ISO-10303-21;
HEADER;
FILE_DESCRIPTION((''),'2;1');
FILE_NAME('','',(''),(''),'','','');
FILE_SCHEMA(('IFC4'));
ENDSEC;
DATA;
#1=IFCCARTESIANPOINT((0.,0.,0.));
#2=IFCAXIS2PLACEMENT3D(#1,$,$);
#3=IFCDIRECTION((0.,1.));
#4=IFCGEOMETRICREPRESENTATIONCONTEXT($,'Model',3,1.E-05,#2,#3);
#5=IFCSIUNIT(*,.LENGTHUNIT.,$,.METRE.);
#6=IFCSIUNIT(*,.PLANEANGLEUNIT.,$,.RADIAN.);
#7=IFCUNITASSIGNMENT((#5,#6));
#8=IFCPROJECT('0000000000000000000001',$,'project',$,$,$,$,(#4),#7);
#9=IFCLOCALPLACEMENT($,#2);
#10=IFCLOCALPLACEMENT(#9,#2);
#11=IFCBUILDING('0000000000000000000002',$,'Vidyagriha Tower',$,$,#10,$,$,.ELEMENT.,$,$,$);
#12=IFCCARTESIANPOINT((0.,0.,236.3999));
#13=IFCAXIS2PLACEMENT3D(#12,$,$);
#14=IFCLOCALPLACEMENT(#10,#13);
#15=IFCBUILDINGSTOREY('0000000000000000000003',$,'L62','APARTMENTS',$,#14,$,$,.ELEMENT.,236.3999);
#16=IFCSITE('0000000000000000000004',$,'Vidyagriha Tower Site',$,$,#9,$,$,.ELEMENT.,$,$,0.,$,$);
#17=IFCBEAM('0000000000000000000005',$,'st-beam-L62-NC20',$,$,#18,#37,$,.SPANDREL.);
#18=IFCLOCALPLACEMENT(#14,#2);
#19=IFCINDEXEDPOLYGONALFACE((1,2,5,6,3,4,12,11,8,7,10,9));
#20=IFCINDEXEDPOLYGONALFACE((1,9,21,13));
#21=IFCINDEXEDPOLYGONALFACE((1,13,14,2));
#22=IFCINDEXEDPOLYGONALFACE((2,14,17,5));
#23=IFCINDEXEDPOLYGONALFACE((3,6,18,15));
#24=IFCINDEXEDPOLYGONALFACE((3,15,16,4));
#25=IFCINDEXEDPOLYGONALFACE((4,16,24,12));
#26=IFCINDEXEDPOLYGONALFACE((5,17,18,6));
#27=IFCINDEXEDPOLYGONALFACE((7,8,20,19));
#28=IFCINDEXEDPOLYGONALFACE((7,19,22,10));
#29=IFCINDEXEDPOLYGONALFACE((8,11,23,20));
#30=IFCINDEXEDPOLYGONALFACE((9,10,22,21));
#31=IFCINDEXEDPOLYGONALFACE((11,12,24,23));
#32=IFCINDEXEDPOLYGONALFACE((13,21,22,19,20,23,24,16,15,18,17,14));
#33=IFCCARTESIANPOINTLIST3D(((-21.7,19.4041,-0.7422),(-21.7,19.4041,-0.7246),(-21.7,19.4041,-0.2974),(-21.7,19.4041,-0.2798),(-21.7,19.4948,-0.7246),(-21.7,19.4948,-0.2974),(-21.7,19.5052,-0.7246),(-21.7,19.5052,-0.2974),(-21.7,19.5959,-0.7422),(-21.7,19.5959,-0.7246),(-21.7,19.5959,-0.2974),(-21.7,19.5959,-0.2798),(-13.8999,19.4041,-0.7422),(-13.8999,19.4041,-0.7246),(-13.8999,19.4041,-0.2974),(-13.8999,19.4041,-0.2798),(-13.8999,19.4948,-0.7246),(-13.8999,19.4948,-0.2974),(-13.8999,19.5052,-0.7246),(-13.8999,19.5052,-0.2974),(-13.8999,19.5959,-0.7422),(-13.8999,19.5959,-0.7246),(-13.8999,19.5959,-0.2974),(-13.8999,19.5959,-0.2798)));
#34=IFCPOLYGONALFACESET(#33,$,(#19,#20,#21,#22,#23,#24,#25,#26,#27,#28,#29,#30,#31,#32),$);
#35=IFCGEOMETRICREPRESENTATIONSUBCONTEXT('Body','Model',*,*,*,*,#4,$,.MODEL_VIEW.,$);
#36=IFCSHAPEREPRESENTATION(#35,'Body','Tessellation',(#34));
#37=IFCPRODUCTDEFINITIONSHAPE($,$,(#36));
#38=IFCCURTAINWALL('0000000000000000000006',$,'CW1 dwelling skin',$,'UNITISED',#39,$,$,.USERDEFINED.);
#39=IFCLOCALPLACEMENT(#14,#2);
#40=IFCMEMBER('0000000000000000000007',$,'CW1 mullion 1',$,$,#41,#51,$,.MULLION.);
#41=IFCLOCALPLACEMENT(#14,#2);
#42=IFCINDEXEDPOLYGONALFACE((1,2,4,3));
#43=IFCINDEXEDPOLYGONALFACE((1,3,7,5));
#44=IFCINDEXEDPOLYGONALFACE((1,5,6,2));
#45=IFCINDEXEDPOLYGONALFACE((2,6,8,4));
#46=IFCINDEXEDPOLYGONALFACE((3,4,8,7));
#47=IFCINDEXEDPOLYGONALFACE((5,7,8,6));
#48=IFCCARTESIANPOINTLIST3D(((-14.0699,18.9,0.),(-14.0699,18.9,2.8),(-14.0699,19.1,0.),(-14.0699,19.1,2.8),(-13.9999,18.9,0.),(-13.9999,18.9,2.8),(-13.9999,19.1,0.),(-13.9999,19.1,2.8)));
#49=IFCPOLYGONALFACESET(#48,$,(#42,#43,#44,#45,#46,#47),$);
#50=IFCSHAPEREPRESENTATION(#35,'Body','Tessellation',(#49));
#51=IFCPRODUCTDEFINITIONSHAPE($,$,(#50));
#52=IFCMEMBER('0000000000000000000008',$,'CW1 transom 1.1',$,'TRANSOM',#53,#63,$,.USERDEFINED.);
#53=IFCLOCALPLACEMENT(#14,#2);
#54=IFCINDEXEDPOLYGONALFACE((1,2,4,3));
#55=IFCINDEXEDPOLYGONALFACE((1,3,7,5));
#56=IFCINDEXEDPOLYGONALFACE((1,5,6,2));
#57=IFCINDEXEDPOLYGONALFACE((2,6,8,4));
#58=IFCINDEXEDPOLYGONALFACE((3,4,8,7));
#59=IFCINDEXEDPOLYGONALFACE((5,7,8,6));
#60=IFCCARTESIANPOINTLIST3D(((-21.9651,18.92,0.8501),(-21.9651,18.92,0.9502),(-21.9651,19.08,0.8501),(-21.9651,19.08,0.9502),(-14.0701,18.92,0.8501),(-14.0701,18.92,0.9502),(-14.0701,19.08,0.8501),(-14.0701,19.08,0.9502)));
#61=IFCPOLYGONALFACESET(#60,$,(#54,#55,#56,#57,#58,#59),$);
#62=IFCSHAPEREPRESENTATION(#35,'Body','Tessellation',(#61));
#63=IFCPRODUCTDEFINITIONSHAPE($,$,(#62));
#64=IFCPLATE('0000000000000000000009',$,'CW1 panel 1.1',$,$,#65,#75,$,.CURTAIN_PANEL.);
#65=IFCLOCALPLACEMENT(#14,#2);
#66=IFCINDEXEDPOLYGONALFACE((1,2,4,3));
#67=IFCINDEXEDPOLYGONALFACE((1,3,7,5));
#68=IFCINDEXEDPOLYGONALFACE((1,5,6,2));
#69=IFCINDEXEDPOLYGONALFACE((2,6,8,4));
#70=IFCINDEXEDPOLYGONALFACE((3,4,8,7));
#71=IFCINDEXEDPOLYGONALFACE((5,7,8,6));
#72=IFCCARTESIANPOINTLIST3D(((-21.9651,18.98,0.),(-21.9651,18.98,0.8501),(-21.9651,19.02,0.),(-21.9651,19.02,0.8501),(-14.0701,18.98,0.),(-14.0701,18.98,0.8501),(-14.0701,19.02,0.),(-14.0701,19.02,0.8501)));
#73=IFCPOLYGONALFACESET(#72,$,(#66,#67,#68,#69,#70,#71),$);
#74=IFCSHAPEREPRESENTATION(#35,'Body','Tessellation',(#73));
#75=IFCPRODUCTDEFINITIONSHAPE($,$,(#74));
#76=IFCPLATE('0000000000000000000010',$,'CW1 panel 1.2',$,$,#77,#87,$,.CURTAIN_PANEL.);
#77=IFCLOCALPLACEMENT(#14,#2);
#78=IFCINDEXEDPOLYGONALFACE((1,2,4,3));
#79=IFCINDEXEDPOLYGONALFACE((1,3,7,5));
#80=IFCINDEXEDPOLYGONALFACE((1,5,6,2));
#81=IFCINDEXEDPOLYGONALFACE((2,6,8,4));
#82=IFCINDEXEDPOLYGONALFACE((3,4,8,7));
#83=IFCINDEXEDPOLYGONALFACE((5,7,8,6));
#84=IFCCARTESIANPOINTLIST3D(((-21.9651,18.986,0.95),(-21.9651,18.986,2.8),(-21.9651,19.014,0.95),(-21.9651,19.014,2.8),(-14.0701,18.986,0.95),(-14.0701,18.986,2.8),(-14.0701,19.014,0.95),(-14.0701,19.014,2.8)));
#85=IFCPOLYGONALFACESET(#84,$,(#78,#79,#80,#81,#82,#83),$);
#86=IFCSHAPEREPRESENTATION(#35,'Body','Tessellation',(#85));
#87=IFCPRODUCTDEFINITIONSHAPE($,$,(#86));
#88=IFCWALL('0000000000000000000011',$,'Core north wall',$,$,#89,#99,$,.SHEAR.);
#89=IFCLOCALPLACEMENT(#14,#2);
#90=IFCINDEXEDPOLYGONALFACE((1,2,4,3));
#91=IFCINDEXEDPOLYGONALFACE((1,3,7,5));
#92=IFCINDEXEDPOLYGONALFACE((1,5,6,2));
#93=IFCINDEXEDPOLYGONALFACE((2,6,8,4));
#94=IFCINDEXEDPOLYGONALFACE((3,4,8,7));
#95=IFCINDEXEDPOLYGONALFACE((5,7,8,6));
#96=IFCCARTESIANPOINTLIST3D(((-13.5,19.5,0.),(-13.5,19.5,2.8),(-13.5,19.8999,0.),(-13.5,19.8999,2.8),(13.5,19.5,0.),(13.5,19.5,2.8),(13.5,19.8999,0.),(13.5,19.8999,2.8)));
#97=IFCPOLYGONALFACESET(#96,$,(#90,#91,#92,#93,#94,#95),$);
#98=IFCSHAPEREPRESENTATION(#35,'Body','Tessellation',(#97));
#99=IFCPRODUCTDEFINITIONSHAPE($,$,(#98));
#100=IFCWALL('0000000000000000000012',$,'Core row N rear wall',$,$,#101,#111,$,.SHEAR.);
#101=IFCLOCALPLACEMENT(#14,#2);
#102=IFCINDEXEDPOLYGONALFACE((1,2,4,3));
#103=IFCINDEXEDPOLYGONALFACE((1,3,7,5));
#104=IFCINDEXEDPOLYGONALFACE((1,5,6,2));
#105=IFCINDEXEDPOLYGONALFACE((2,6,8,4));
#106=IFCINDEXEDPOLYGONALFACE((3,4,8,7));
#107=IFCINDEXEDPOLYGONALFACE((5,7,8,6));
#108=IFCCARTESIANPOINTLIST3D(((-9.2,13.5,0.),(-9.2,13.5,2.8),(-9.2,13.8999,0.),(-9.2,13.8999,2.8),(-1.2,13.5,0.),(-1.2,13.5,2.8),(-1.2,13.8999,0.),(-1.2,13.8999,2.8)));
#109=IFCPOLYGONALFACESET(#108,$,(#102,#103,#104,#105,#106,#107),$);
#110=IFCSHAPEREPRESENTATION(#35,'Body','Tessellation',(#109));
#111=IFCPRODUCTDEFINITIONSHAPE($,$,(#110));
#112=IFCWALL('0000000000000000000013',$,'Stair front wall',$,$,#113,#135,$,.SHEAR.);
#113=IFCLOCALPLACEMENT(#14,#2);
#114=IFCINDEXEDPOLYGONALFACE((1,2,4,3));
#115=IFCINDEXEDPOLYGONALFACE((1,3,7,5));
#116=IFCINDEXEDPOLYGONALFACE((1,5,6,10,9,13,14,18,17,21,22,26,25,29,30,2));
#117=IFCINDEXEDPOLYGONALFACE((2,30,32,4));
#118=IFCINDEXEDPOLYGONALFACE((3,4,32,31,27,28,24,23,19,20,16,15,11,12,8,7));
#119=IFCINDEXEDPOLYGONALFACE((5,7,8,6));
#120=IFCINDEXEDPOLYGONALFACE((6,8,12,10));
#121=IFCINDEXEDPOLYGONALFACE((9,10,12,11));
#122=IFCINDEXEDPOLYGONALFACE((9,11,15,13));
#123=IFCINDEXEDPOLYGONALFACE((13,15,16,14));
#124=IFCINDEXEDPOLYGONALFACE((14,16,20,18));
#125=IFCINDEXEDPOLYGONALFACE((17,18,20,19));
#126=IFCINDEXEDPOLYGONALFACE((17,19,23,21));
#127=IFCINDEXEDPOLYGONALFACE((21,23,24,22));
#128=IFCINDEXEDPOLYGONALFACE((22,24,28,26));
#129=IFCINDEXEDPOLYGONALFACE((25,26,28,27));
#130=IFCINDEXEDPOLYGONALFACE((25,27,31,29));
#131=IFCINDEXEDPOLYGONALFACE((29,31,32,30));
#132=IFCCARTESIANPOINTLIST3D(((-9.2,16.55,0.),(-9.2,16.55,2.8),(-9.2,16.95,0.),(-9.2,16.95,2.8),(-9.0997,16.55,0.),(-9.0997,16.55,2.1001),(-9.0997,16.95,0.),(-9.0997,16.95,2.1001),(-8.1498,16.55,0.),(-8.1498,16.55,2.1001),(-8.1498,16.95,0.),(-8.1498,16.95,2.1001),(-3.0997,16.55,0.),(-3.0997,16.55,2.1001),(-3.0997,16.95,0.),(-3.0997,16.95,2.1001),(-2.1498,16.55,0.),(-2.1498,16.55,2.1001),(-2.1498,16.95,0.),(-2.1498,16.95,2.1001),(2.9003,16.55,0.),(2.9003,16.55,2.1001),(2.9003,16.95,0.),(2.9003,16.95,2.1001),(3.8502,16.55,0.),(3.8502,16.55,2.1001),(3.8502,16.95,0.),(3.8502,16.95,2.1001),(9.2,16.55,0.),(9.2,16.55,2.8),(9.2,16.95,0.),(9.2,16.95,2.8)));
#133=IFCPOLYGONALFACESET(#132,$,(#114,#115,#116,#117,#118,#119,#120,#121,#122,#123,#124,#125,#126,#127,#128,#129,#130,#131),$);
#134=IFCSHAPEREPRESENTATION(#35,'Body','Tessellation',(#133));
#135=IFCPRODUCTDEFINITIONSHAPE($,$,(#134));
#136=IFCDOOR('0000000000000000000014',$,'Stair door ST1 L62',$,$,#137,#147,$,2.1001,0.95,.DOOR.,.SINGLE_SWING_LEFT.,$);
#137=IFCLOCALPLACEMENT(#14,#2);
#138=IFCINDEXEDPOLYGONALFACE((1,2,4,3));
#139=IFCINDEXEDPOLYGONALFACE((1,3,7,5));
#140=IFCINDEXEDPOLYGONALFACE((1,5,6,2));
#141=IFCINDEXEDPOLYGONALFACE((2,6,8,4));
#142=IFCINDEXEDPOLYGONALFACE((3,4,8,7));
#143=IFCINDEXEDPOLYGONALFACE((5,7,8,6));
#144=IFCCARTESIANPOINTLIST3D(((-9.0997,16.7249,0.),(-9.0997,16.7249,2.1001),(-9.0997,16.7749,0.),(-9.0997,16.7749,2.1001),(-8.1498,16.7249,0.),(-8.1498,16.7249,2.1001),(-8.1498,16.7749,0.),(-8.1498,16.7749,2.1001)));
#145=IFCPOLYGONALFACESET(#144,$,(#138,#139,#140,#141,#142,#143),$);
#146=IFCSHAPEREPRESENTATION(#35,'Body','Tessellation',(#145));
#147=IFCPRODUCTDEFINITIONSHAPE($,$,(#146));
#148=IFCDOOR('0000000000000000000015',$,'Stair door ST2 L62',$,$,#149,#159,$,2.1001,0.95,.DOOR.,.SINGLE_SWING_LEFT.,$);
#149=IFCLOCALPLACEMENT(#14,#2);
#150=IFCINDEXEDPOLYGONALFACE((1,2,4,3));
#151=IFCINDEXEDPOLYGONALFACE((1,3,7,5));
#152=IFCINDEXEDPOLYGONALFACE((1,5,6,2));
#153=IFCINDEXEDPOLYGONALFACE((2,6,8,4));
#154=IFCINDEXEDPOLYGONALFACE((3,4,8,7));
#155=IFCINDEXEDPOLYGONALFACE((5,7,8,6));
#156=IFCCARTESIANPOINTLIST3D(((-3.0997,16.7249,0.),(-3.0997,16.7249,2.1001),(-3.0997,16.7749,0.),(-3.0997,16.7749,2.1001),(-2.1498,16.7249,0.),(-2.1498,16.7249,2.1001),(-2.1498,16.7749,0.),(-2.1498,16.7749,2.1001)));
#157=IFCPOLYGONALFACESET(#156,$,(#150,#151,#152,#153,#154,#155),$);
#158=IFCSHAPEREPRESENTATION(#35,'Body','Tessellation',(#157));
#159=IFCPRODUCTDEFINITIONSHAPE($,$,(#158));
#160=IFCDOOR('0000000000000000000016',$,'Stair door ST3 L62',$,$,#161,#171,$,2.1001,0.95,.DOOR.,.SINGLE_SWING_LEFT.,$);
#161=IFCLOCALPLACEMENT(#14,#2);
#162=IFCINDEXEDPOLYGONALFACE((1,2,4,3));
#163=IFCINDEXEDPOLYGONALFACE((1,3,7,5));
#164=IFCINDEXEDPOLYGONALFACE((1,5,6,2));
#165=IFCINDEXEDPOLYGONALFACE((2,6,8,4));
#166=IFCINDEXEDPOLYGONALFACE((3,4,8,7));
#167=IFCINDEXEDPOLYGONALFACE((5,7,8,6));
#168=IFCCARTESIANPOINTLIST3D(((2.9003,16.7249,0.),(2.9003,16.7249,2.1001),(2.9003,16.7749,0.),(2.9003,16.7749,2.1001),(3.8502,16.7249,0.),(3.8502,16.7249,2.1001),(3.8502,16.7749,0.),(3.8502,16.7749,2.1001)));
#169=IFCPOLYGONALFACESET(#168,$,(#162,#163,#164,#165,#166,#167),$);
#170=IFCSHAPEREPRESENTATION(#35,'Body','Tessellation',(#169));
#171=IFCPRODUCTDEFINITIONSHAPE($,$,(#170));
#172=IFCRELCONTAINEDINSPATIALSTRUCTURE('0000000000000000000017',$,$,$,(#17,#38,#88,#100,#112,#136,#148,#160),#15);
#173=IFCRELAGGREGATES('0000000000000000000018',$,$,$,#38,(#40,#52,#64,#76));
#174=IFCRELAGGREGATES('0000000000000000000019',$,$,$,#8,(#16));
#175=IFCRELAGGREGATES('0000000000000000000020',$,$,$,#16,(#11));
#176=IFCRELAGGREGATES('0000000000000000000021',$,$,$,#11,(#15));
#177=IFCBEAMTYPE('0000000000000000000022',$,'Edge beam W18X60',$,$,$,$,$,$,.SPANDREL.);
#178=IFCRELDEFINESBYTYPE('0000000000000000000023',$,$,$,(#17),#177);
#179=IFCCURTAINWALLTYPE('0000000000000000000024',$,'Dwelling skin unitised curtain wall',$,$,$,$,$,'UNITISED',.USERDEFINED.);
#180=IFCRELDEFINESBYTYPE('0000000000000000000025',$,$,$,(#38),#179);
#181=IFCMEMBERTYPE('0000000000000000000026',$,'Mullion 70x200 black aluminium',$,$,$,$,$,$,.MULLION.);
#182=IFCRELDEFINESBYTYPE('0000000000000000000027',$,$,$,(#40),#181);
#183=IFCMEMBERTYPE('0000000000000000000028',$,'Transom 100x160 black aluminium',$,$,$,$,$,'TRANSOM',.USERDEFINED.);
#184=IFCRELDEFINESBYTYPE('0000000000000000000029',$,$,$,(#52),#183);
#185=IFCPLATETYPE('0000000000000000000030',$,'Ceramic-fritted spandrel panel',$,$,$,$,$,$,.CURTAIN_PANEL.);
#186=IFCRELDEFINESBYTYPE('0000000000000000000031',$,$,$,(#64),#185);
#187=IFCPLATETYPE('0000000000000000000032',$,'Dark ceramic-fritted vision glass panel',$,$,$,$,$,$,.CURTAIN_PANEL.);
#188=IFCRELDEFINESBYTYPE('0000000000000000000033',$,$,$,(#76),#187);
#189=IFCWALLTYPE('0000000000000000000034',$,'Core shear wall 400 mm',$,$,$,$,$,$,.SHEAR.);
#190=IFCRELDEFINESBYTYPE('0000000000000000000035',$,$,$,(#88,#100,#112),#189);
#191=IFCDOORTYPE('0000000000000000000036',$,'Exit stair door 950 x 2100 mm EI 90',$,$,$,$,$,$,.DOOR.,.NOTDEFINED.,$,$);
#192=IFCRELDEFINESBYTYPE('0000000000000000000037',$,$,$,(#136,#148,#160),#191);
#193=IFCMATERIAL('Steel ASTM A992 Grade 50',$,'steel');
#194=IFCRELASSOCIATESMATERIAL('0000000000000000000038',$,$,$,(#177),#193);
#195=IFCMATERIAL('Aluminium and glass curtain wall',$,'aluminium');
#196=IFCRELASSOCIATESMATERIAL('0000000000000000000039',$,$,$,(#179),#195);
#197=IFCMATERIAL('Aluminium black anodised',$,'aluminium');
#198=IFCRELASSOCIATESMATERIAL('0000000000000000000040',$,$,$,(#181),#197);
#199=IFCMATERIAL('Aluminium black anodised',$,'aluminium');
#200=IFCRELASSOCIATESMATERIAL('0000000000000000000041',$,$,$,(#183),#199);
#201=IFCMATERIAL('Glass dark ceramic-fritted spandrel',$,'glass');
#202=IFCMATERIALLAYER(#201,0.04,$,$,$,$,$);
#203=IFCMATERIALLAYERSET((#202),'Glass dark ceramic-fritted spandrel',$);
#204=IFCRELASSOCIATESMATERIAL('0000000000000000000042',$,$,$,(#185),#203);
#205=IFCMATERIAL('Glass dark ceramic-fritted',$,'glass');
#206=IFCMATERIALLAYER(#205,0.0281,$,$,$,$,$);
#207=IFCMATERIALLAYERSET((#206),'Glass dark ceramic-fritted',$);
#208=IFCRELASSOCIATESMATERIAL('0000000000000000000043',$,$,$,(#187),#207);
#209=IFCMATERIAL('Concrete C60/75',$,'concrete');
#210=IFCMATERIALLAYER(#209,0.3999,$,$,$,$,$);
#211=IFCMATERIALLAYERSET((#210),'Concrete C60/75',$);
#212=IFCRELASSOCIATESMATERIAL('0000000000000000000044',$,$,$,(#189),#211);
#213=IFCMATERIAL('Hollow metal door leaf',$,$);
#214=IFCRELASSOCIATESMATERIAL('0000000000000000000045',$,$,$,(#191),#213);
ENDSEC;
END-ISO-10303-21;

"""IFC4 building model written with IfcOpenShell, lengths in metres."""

from ifc_helpers import new_model, si_unit, direction, frame, frame_2d, origin, origin_2d, place, context, subcontext, project, spatial, rectangle, i_section, extrude, material, layer, layer_set, material_profile, profile_set, type_object, element, fill, aggregate, save


model = new_model("IFC4")

# Units and contexts
model_context = context("Model", 3, precision=1e-05, world=origin(), true_north=direction((0.0, 1.0)))
body_context = subcontext(model_context, "Body", "Model", "MODEL_VIEW")
ifc_project = project(units=[si_unit("LENGTHUNIT", "METRE"), si_unit("PLANEANGLEUNIT", "RADIAN")], contexts=[model_context])

# Site, building, storey
site_placement = place(None, origin())
site = spatial("IfcSite", under=ifc_project, at=site_placement, Name="Vidyagriha Tower Site", CompositionType="ELEMENT", RefElevation=0.0)
building_placement = place(site_placement, origin())
building = spatial("IfcBuilding", under=site, at=building_placement, Name="Vidyagriha Tower", CompositionType="ELEMENT")
storey_placement = place(building_placement, frame((0.0, 0.0, 236.3999)))
storey = spatial("IfcBuildingStorey", under=building, at=storey_placement, Name="L62", Description="APARTMENTS", CompositionType="ELEMENT", Elevation=236.3999)

# Beam
ifc_material_1 = material(Name="Steel ASTM A992 Grade 50", Category="steel")
ifc_material_profile_1 = material_profile(ifc_material_1, i_section(OverallWidth=0.1919, OverallDepth=0.4624, WebThickness=0.0105, FlangeThickness=0.0176, at=origin_2d()), Name="W18X60")
ifc_profile_set_1 = profile_set([ifc_material_profile_1], Name="Steel ASTM A992 Grade 50")
beam_type = type_object("IfcBeamType", Name="Edge beam W18X60", PredefinedType="SPANDREL", material=ifc_profile_set_1)
beam_placement = place(storey_placement, frame((-21.7, 19.5, -0.511), z_axis=(1.0, 0.0, 0.0), x_axis=(0.0, 1.0, 0.0)))
element("IfcBeam", 1, at=beam_placement, inside=storey, type_object=beam_type, Name="st-beam-L62-NC20", PredefinedType="SPANDREL", context=body_context, shape_type="SweptSolid", body=[
    extrude(i_section(OverallWidth=0.1919, OverallDepth=0.4624, WebThickness=0.0105, FlangeThickness=0.0176, at=origin_2d()), origin(), (0.0, 0.0, 1.0), 7.8),
])

# Curtain wall, members, plates
ifc_material_2 = material(Name="Aluminium and glass curtain wall", Category="aluminium")
curtain_wall_type = type_object("IfcCurtainWallType", Name="Dwelling skin unitised curtain wall", ElementType="UNITISED", PredefinedType="USERDEFINED", material=ifc_material_2)
curtain_wall_placement = place(storey_placement, origin())
curtain_wall = element("IfcCurtainWall", 2, at=curtain_wall_placement, inside=storey, type_object=curtain_wall_type, Name="CW1 dwelling skin", ObjectType="UNITISED", PredefinedType="USERDEFINED")
ifc_material_3 = material(Name="Aluminium black anodised", Category="aluminium")
ifc_material_profile_2 = material_profile(ifc_material_3, rectangle(XDim=0.2, YDim=0.0701, at=origin_2d()), Name="Mullion 70x200 black aluminium")
ifc_profile_set_2 = profile_set([ifc_material_profile_2], Name="Aluminium black anodised")
member_type_1 = type_object("IfcMemberType", Name="Mullion 70x200 black aluminium", PredefinedType="MULLION", material=ifc_profile_set_2)
member_1_placement = place(storey_placement, frame((-14.0349, 19.0, 0.0), z_axis=(0.0, 0.0, 1.0), x_axis=(0.0, -1.0, 0.0)))
member_1 = element("IfcMember", 3, at=member_1_placement, type_object=member_type_1, Name="CW1 mullion 1", PredefinedType="MULLION", context=body_context, shape_type="SweptSolid", body=[
    extrude(rectangle(XDim=0.2, YDim=0.0701, at=origin_2d()), origin(), (0.0, 0.0, 1.0), 2.8),
])
ifc_material_4 = material(Name="Aluminium black anodised", Category="aluminium")
ifc_material_profile_3 = material_profile(ifc_material_4, rectangle(XDim=0.1599, YDim=0.1001, at=origin_2d()), Name="Transom 100x160 black aluminium")
ifc_profile_set_3 = profile_set([ifc_material_profile_3], Name="Aluminium black anodised")
member_type_2 = type_object("IfcMemberType", Name="Transom 100x160 black aluminium", ElementType="TRANSOM", PredefinedType="USERDEFINED", material=ifc_profile_set_3)
member_2_placement = place(storey_placement, frame((-14.0701, 19.0, 0.9001), z_axis=(-1.0, 0.0, 0.0), x_axis=(0.0, -1.0, 0.0)))
member_2 = element("IfcMember", 4, at=member_2_placement, type_object=member_type_2, Name="CW1 transom 1.1", ObjectType="TRANSOM", PredefinedType="USERDEFINED", context=body_context, shape_type="SweptSolid", body=[
    extrude(rectangle(XDim=0.1599, YDim=0.1001, at=origin_2d()), origin(), (0.0, 0.0, 1.0), 7.895),
])
ifc_material_5 = material(Name="Glass dark ceramic-fritted spandrel", Category="glass")
ifc_layer_1 = layer(ifc_material_5, 0.04)
ifc_layer_set_1 = layer_set([ifc_layer_1], Name="Glass dark ceramic-fritted spandrel")
plate_type_1 = type_object("IfcPlateType", Name="Ceramic-fritted spandrel panel", PredefinedType="CURTAIN_PANEL", material=ifc_layer_set_1)
plate_1_placement = place(storey_placement, frame((-18.0176, 19.0, 0.0), z_axis=(0.0, 0.0, 1.0), x_axis=(-1.0, 0.0, 0.0)))
plate_1 = element("IfcPlate", 5, at=plate_1_placement, type_object=plate_type_1, Name="CW1 panel 1.1", PredefinedType="CURTAIN_PANEL", context=body_context, shape_type="SweptSolid", body=[
    extrude(rectangle(XDim=7.895, YDim=0.04, at=origin_2d()), origin(), (0.0, 0.0, 1.0), 0.8501),
])
ifc_material_6 = material(Name="Glass dark ceramic-fritted", Category="glass")
ifc_layer_2 = layer(ifc_material_6, 0.0281)
ifc_layer_set_2 = layer_set([ifc_layer_2], Name="Glass dark ceramic-fritted")
plate_type_2 = type_object("IfcPlateType", Name="Dark ceramic-fritted vision glass panel", PredefinedType="CURTAIN_PANEL", material=ifc_layer_set_2)
plate_2_placement = place(storey_placement, frame((-18.0176, 19.0, 0.95), z_axis=(0.0, 0.0, 1.0), x_axis=(-1.0, 0.0, 0.0)))
plate_2 = element("IfcPlate", 6, at=plate_2_placement, type_object=plate_type_2, Name="CW1 panel 1.2", PredefinedType="CURTAIN_PANEL", context=body_context, shape_type="SweptSolid", body=[
    extrude(rectangle(XDim=7.895, YDim=0.0281, at=origin_2d()), origin(), (0.0, 0.0, 1.0), 1.8501),
])
aggregate(curtain_wall, [member_1, member_2, plate_1, plate_2])

# Walls
ifc_material_7 = material(Name="Concrete C60/75", Category="concrete")
ifc_layer_3 = layer(ifc_material_7, 0.3999)
ifc_layer_set_3 = layer_set([ifc_layer_3], Name="Concrete C60/75")
wall_type = type_object("IfcWallType", Name="Core shear wall 400 mm", PredefinedType="SHEAR", material=ifc_layer_set_3)
wall_1_placement = place(storey_placement, frame((-13.5, 19.7, 0.0)))
element("IfcWall", 7, at=wall_1_placement, inside=storey, type_object=wall_type, Name="Core north wall", PredefinedType="SHEAR", context=body_context, shape_type="SweptSolid", body=[
    extrude(rectangle(XDim=27.0, YDim=0.3999, at=frame_2d((13.5, 0.0))), origin(), (0.0, 0.0, 1.0), 2.8),
])
wall_2_placement = place(storey_placement, frame((-9.2, 13.7, 0.0)))
element("IfcWall", 8, at=wall_2_placement, inside=storey, type_object=wall_type, Name="Core row N rear wall", PredefinedType="SHEAR", context=body_context, shape_type="SweptSolid", body=[
    extrude(rectangle(XDim=8.0, YDim=0.3999, at=frame_2d((4.0, 0.0))), origin(), (0.0, 0.0, 1.0), 2.8),
])

# Wall, openings, doors
wall_3_placement = place(storey_placement, frame((-9.2, 16.75, 0.0)))
wall_3 = element("IfcWall", 9, at=wall_3_placement, inside=storey, type_object=wall_type, Name="Stair front wall", PredefinedType="SHEAR", context=body_context, shape_type="SweptSolid", body=[
    extrude(rectangle(XDim=18.3999, YDim=0.3999, at=frame_2d((9.2, 0.0))), origin(), (0.0, 0.0, 1.0), 2.8),
])
opening_1_placement = place(wall_3_placement, frame((0.1001, 0.0, 0.0)))
opening_1 = element("IfcOpeningElement", 10, at=opening_1_placement, cuts=wall_3, PredefinedType="OPENING", context=body_context, shape_type="SweptSolid", body=[
    extrude(rectangle(XDim=0.95, YDim=2.1001, at=frame_2d((0.4751, 1.05))), frame((0.0, 0.21, 0.0), z_axis=(0.0, -1.0, 0.0), x_axis=(1.0, 0.0, 0.0)), (0.0, 0.0, 1.0), 0.4199),
])
opening_2_placement = place(wall_3_placement, frame((6.1001, 0.0, 0.0)))
opening_2 = element("IfcOpeningElement", 11, at=opening_2_placement, cuts=wall_3, PredefinedType="OPENING", context=body_context, shape_type="SweptSolid", body=[
    extrude(rectangle(XDim=0.95, YDim=2.1001, at=frame_2d((0.4751, 1.05))), frame((0.0, 0.21, 0.0), z_axis=(0.0, -1.0, 0.0), x_axis=(1.0, 0.0, 0.0)), (0.0, 0.0, 1.0), 0.4199),
])
opening_3_placement = place(wall_3_placement, frame((12.1001, 0.0, 0.0)))
opening_3 = element("IfcOpeningElement", 12, at=opening_3_placement, cuts=wall_3, PredefinedType="OPENING", context=body_context, shape_type="SweptSolid", body=[
    extrude(rectangle(XDim=0.95, YDim=2.1001, at=frame_2d((0.4751, 1.05))), frame((0.0, 0.21, 0.0), z_axis=(0.0, -1.0, 0.0), x_axis=(1.0, 0.0, 0.0)), (0.0, 0.0, 1.0), 0.4199),
])
ifc_material_8 = material(Name="Hollow metal door leaf")
door_type = type_object("IfcDoorType", Name="Exit stair door 950 x 2100 mm EI 90", OperationType="NOTDEFINED", PredefinedType="DOOR", material=ifc_material_8)
door_1_placement = place(opening_1_placement, origin())
door_1 = element("IfcDoor", 13, at=door_1_placement, inside=storey, type_object=door_type, Name="Stair door ST1 L62", OperationType="SINGLE_SWING_LEFT", OverallHeight=2.1001, OverallWidth=0.95, PredefinedType="DOOR", context=body_context, shape_type="SweptSolid", body=[
    extrude(rectangle(XDim=0.95, YDim=2.1001, at=frame_2d((0.4751, 1.05))), frame((0.0, 0.0249, 0.0), z_axis=(0.0, -1.0, 0.0), x_axis=(1.0, 0.0, 0.0)), (0.0, 0.0, 1.0), 0.05),
])
fill(opening_1, door_1)
door_2_placement = place(opening_2_placement, origin())
door_2 = element("IfcDoor", 14, at=door_2_placement, inside=storey, type_object=door_type, Name="Stair door ST2 L62", OperationType="SINGLE_SWING_LEFT", OverallHeight=2.1001, OverallWidth=0.95, PredefinedType="DOOR", context=body_context, shape_type="SweptSolid", body=[
    extrude(rectangle(XDim=0.95, YDim=2.1001, at=frame_2d((0.4751, 1.05))), frame((0.0, 0.0249, 0.0), z_axis=(0.0, -1.0, 0.0), x_axis=(1.0, 0.0, 0.0)), (0.0, 0.0, 1.0), 0.05),
])
fill(opening_2, door_2)
door_3_placement = place(opening_3_placement, origin())
door_3 = element("IfcDoor", 15, at=door_3_placement, inside=storey, type_object=door_type, Name="Stair door ST3 L62", OperationType="SINGLE_SWING_LEFT", OverallHeight=2.1001, OverallWidth=0.95, PredefinedType="DOOR", context=body_context, shape_type="SweptSolid", body=[
    extrude(rectangle(XDim=0.95, YDim=2.1001, at=frame_2d((0.4751, 1.05))), frame((0.0, 0.0249, 0.0), z_axis=(0.0, -1.0, 0.0), x_axis=(1.0, 0.0, 0.0)), (0.0, 0.0, 1.0), 0.05),
])
fill(opening_3, door_3)

save(model, "model.ifc")
